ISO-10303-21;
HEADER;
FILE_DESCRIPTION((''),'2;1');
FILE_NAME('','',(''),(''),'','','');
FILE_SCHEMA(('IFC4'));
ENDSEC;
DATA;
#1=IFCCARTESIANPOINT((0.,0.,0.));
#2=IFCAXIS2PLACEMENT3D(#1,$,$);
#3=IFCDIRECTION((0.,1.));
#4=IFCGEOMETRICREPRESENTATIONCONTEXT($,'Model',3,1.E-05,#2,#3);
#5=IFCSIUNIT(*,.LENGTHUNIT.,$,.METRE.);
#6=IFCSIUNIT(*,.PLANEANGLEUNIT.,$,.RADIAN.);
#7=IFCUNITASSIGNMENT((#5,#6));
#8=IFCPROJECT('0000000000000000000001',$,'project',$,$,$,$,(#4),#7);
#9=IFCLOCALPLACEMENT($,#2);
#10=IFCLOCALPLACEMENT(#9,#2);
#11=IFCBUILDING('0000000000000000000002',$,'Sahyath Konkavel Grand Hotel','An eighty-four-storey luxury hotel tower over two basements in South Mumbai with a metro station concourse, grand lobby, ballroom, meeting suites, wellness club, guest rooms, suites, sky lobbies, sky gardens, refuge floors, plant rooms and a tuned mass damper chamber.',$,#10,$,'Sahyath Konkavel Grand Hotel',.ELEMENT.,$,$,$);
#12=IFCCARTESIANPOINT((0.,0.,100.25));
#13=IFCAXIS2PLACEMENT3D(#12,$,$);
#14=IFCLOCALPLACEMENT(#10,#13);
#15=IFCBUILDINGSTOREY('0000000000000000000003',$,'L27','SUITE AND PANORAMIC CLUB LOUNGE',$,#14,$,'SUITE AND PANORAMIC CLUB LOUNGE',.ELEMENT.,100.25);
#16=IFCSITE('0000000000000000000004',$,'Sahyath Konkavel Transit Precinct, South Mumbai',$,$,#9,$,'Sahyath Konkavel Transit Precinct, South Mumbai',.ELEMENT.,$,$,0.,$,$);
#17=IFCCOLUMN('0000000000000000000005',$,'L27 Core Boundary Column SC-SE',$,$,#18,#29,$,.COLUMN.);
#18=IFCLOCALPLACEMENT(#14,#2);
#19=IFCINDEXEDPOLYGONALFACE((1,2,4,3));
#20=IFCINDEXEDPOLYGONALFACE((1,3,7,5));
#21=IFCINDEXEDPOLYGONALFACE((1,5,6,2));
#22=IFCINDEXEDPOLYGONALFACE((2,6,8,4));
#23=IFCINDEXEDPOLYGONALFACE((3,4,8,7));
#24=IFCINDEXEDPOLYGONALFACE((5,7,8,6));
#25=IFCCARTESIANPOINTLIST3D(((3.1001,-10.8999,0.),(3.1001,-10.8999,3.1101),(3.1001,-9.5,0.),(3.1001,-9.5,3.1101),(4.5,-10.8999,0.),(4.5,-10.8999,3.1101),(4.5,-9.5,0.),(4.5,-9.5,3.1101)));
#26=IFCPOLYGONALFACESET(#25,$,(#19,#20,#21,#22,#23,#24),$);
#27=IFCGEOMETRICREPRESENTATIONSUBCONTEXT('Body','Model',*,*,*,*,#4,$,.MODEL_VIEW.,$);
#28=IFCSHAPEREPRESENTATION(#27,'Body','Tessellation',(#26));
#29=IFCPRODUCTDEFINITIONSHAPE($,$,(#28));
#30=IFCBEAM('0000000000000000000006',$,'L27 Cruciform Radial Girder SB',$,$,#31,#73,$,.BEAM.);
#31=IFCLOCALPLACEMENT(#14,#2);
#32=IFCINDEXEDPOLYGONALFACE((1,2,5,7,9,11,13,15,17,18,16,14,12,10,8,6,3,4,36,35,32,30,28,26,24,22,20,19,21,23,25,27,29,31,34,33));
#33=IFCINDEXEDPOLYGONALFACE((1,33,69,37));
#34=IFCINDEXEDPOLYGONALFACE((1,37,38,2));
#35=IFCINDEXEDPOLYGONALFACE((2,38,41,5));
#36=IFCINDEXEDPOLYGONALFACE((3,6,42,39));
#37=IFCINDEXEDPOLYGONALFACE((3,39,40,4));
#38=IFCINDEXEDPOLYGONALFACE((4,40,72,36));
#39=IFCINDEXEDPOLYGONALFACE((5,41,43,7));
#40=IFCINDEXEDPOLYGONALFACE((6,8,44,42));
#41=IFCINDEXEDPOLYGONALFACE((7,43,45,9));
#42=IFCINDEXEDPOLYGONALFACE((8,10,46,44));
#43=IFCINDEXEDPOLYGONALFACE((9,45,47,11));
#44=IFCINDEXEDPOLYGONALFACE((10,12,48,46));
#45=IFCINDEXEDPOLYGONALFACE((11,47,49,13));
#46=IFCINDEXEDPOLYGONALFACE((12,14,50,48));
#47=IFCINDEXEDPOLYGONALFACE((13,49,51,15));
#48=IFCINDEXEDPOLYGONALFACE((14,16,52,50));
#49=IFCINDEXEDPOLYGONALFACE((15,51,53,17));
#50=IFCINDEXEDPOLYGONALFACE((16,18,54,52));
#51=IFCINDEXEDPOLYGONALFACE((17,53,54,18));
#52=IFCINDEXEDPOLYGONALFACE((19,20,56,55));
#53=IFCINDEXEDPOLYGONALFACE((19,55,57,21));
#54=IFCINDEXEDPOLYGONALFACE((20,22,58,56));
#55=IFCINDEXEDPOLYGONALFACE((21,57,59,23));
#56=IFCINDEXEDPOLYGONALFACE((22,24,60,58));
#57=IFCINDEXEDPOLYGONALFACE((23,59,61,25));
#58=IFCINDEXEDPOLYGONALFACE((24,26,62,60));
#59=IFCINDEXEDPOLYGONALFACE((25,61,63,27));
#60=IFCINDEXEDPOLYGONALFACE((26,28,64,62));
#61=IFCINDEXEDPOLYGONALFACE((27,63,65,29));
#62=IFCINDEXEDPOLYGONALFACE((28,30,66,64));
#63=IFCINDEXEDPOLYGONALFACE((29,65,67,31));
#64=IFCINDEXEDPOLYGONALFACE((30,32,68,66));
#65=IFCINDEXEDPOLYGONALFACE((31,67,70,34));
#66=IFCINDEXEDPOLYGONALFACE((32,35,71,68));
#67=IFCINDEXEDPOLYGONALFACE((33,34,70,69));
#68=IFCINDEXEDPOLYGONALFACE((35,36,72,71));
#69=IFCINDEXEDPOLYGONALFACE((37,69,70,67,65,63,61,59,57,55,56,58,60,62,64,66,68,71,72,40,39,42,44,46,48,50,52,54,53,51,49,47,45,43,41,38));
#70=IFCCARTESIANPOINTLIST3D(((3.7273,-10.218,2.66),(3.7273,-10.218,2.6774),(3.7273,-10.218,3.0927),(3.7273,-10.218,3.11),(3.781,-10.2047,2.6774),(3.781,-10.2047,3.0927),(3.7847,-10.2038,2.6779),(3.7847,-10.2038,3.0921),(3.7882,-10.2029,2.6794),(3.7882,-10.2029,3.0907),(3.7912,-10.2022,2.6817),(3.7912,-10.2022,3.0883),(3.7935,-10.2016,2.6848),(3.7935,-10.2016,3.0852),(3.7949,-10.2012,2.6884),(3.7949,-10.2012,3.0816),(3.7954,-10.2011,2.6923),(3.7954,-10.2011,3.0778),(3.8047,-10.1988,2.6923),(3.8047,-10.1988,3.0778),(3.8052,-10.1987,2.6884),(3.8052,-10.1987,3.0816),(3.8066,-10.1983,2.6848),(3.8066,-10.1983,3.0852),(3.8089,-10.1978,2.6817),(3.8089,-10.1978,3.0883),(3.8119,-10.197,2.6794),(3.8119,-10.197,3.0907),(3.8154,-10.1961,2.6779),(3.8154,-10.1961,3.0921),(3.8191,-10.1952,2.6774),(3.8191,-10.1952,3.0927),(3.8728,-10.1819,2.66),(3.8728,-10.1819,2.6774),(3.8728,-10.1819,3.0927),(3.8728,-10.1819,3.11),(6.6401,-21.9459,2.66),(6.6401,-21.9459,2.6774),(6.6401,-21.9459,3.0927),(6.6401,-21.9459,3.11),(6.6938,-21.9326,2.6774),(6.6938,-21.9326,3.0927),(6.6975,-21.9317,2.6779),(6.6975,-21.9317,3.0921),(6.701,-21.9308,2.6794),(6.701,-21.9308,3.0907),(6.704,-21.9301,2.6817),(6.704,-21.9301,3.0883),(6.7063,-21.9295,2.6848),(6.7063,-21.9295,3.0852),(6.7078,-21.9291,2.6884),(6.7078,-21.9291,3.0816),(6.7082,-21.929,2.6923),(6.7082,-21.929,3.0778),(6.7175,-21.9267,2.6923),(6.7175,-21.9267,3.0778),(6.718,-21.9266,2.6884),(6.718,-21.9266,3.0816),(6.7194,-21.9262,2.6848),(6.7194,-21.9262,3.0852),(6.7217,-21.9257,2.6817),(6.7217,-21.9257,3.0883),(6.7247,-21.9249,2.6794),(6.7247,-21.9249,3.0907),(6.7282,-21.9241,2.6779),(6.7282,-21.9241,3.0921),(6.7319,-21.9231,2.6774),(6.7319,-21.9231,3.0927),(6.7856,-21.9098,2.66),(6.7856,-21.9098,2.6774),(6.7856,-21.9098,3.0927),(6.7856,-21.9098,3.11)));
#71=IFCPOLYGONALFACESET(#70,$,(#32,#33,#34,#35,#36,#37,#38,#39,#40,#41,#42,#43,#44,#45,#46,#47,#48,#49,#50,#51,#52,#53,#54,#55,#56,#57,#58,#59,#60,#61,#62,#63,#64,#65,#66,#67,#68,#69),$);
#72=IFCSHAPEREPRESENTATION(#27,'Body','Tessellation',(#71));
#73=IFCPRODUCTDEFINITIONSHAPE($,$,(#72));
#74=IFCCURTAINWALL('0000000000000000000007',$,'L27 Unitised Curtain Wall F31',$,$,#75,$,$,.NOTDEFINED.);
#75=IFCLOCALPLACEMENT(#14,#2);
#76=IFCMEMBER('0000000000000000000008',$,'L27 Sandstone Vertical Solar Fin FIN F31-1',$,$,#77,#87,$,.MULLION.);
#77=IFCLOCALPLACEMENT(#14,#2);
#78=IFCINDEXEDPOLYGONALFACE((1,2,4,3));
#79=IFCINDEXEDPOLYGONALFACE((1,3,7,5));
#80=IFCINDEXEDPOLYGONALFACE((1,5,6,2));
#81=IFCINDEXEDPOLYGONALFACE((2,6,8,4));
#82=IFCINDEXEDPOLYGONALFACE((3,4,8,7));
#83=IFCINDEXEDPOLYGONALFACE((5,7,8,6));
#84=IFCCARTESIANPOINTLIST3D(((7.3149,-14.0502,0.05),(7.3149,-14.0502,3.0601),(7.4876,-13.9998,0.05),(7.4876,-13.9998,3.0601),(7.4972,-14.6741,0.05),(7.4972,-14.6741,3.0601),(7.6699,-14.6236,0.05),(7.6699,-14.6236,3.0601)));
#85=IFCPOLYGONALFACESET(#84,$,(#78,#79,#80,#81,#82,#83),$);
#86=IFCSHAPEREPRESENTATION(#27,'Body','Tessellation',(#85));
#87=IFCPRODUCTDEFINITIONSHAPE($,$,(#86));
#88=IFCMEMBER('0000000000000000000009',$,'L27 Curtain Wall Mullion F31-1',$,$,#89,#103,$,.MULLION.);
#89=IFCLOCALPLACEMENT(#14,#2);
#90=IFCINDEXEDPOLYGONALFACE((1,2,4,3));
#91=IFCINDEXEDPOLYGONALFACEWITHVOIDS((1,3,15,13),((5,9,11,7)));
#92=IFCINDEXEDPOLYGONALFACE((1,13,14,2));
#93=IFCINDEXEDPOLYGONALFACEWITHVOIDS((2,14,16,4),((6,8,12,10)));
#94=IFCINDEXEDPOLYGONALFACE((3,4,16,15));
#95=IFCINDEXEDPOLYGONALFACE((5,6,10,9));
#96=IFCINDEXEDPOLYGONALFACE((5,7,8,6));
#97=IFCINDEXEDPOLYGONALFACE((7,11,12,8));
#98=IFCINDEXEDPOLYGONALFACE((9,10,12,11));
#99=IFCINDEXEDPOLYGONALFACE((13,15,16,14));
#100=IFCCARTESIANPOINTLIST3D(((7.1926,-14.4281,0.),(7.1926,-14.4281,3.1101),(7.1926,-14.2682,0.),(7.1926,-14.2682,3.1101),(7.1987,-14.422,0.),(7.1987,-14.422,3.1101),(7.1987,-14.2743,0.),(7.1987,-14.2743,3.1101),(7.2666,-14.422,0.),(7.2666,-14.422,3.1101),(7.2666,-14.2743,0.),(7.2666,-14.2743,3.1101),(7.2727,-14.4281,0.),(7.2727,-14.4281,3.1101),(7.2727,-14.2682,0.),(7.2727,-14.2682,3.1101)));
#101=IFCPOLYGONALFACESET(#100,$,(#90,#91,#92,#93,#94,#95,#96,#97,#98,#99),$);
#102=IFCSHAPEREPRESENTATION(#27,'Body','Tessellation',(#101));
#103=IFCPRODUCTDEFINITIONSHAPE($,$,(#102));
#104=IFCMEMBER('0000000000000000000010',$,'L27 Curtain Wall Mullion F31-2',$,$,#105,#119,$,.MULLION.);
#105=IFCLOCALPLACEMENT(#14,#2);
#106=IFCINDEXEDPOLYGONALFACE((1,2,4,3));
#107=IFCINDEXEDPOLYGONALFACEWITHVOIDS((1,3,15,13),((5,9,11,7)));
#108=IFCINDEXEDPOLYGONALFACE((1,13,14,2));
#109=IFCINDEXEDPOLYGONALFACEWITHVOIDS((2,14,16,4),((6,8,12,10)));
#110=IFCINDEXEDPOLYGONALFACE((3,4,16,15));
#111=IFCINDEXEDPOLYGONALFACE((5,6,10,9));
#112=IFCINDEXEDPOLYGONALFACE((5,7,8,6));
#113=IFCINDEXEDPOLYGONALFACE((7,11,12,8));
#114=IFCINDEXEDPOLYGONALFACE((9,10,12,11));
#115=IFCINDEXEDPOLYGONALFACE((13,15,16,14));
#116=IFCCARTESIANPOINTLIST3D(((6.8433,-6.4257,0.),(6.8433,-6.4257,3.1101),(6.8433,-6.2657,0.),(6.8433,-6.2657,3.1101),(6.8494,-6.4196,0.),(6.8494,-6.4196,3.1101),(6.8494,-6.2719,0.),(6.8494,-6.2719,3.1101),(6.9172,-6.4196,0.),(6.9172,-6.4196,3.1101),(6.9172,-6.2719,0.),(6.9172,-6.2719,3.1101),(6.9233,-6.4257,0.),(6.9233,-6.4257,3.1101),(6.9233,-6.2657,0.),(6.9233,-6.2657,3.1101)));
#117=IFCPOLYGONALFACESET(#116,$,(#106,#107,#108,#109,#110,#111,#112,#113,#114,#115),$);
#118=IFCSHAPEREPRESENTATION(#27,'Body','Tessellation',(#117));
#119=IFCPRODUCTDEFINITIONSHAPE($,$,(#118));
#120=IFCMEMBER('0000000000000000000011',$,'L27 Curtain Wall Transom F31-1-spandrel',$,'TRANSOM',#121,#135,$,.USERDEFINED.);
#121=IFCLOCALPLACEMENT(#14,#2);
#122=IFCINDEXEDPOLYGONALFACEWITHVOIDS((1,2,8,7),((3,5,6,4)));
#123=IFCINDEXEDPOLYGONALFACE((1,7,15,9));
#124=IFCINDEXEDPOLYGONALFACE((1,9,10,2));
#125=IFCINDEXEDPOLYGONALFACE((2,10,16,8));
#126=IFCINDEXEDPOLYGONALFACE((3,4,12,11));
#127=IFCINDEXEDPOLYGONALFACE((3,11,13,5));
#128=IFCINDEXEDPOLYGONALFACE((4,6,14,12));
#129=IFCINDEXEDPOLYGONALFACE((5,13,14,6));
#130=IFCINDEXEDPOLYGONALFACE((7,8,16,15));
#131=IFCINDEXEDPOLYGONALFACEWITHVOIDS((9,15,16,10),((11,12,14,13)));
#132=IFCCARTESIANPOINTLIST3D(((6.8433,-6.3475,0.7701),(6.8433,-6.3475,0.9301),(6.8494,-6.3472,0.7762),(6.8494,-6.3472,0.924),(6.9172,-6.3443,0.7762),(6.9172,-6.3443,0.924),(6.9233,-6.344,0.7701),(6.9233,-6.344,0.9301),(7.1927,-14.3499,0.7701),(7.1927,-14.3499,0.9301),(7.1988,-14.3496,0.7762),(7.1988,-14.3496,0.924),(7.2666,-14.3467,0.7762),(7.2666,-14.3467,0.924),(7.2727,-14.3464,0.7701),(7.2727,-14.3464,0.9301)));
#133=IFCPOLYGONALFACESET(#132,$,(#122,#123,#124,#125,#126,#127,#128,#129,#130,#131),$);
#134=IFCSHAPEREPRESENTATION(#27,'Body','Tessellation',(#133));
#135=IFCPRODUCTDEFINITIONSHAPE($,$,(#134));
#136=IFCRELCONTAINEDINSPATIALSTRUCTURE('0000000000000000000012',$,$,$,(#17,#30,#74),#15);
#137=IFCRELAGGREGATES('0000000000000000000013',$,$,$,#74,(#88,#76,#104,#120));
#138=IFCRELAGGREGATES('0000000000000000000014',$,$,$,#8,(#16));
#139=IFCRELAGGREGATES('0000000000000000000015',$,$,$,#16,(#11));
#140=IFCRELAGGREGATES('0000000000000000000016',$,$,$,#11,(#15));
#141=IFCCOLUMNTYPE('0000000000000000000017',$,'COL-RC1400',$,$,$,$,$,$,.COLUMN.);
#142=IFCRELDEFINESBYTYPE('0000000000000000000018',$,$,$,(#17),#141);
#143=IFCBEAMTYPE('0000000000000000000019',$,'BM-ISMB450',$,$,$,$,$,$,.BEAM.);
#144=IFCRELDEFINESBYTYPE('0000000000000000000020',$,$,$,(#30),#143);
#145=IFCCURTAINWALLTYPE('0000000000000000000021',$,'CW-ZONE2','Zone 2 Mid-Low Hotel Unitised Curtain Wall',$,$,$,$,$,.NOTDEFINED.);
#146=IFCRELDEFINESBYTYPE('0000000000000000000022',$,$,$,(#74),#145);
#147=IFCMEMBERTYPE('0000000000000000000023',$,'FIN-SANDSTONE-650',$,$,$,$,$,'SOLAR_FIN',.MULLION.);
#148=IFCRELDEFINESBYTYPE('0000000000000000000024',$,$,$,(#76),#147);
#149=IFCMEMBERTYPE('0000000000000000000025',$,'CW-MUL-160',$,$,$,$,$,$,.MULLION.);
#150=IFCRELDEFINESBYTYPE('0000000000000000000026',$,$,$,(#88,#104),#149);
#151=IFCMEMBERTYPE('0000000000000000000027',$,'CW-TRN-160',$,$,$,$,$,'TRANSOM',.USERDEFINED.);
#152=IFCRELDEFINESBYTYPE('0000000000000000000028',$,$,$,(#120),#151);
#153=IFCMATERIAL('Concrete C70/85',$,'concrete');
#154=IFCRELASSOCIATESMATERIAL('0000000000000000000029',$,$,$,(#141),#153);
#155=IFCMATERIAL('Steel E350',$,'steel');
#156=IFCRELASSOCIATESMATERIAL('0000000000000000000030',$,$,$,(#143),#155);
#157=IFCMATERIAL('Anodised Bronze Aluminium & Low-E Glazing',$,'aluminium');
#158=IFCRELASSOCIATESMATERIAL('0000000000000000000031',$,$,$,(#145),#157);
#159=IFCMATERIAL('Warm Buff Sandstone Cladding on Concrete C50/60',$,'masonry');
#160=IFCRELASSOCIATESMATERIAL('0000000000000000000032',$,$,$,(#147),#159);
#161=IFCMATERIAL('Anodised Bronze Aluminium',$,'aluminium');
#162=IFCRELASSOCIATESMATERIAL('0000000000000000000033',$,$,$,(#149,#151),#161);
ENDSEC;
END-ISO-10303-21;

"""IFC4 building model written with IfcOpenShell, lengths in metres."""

from ifc_helpers import new_model, si_unit, direction, frame, origin, origin_2d, place, context, subcontext, project, spatial, rectangle, hollow_rectangle, i_section, extrude, source, transform, mapped, material, material_profile, profile_set, type_object, element, aggregate, save


model = new_model("IFC4")

# Units and contexts
model_context = context("Model", 3, precision=1e-05, world=origin(), true_north=direction((0.0, 1.0)))
body_context = subcontext(model_context, "Body", "Model", "MODEL_VIEW")
ifc_project = project(units=[si_unit("LENGTHUNIT", "METRE"), si_unit("PLANEANGLEUNIT", "RADIAN")], contexts=[model_context])

# Site, building, storey
site_placement = place(None, origin())
site = spatial("IfcSite", under=ifc_project, at=site_placement, Name="Sahyath Konkavel Transit Precinct, South Mumbai", LongName="Sahyath Konkavel Transit Precinct, South Mumbai", CompositionType="ELEMENT", RefElevation=0.0)
building_placement = place(site_placement, origin())
building = spatial("IfcBuilding", under=site, at=building_placement, Name="Sahyath Konkavel Grand Hotel", Description="An eighty-four-storey luxury hotel tower over two basements in South Mumbai with a metro station concourse, grand lobby, ballroom, meeting suites, wellness club, guest rooms, suites, sky lobbies, sky gardens, refuge floors, plant rooms and a tuned mass damper chamber.", LongName="Sahyath Konkavel Grand Hotel", CompositionType="ELEMENT")
storey_placement = place(building_placement, frame((0.0, 0.0, 100.25)))
storey = spatial("IfcBuildingStorey", under=building, at=storey_placement, Name="L27", Description="SUITE AND PANORAMIC CLUB LOUNGE", LongName="SUITE AND PANORAMIC CLUB LOUNGE", CompositionType="ELEMENT", Elevation=100.25)

# Column
ifc_material_1 = material(Name="Concrete C70/85", Category="concrete")
ifc_material_profile_1 = material_profile(ifc_material_1, rectangle(XDim=1.3999, YDim=1.3999, at=origin_2d()), Name="RC 1400x1400")
ifc_profile_set_1 = profile_set([ifc_material_profile_1], Name="Concrete C70/85")
column_type = type_object("IfcColumnType", Name="COL-RC1400", PredefinedType="COLUMN", material=ifc_profile_set_1)
shared_shape_1 = source(origin(), body_context, "Body", "SweptSolid", [
    extrude(rectangle(XDim=1.3999, YDim=1.3999, at=origin_2d()), origin(), (0.0, 0.0, 1.0), 3.1101),
])
column_placement = place(storey_placement, frame((3.8, -10.2, 0.0), z_axis=(0.0, 0.0, 1.0), x_axis=(1.0, 0.0, 0.0)))
element("IfcColumn", 1, at=column_placement, inside=storey, type_object=column_type, Name="L27 Core Boundary Column SC-SE", PredefinedType="COLUMN", context=body_context, shape_type="MappedRepresentation", body=[
    mapped(shared_shape_1, transform((0.0, 0.0, 0.0), scale=1.0)),
])

# Beam
ifc_material_2 = material(Name="Steel E350", Category="steel")
ifc_material_profile_2 = material_profile(ifc_material_2, i_section(OverallWidth=0.1499, OverallDepth=0.45, WebThickness=0.0095, FlangeThickness=0.0173, FilletRadius=0.0149, at=origin_2d()), Name="ISMB 450")
ifc_profile_set_2 = profile_set([ifc_material_profile_2], Name="Steel E350")
beam_type_1 = type_object("IfcBeamType", Name="BM-ISMB450", PredefinedType="BEAM", material=ifc_profile_set_2)
shared_shape_2 = source(origin(), body_context, "Body", "SweptSolid", [
    extrude(i_section(OverallWidth=0.1499, OverallDepth=0.45, WebThickness=0.0095, FlangeThickness=0.0173, FilletRadius=0.0149, at=origin_2d()), origin(), (0.0, 0.0, 1.0), 12.0842),
])
beam_1_placement = place(storey_placement, frame((3.8, -10.2, 2.885), z_axis=(0.241043, -0.970515, 0.0), x_axis=(0.970515, 0.241043, 0.0)))
element("IfcBeam", 2, at=beam_1_placement, inside=storey, type_object=beam_type_1, Name="L27 Cruciform Radial Girder SB", PredefinedType="BEAM", context=body_context, shape_type="MappedRepresentation", body=[
    mapped(shared_shape_2, transform((0.0, 0.0, 0.0), scale=1.0)),
])

# Curtain wall, members
ifc_material_3 = material(Name="Anodised Bronze Aluminium & Low-E Glazing", Category="aluminium")
curtain_wall_type = type_object("IfcCurtainWallType", Name="CW-ZONE2", Description="Zone 2 Mid-Low Hotel Unitised Curtain Wall", PredefinedType="NOTDEFINED", material=ifc_material_3)
curtain_wall_placement = place(storey_placement, origin())
curtain_wall = element("IfcCurtainWall", 3, at=curtain_wall_placement, inside=storey, type_object=curtain_wall_type, Name="L27 Unitised Curtain Wall F31", PredefinedType="NOTDEFINED")
ifc_material_4 = material(Name="Warm Buff Sandstone Cladding on Concrete C50/60", Category="masonry")
ifc_material_profile_3 = material_profile(ifc_material_4, rectangle(XDim=0.1799, YDim=0.6499, at=origin_2d()), Name="FIN 180x650")
ifc_profile_set_3 = profile_set([ifc_material_profile_3], Name="Warm Buff Sandstone Cladding on Concrete C50/60")
member_type_1 = type_object("IfcMemberType", Name="FIN-SANDSTONE-650", ElementType="SOLAR_FIN", PredefinedType="MULLION", material=ifc_profile_set_3)
shared_shape_3 = source(origin(), body_context, "Body", "SweptSolid", [
    extrude(rectangle(XDim=0.1799, YDim=0.6499, at=origin_2d()), origin(), (0.0, 0.0, 1.0), 3.01),
])
member_1_placement = place(storey_placement, frame((7.4924, -14.3369, 0.05), z_axis=(0.0, 0.0, 1.0), x_axis=(0.959854, 0.280499, 0.0)))
member_1 = element("IfcMember", 4, at=member_1_placement, type_object=member_type_1, Name="L27 Sandstone Vertical Solar Fin FIN F31-1", PredefinedType="MULLION", context=body_context, shape_type="MappedRepresentation", body=[
    mapped(shared_shape_3, transform((0.0, 0.0, 0.0), scale=1.0)),
])
ifc_material_5 = material(Name="Anodised Bronze Aluminium", Category="aluminium")
ifc_material_profile_4 = material_profile(ifc_material_5, hollow_rectangle(XDim=0.0801, YDim=0.1599, WallThickness=0.0061, at=origin_2d()), Name="RHS 160x80x6")
ifc_profile_set_4 = profile_set([ifc_material_profile_4], Name="Anodised Bronze Aluminium")
member_type_2 = type_object("IfcMemberType", Name="CW-MUL-160", PredefinedType="MULLION", material=ifc_profile_set_4)
shared_shape_4 = source(origin(), body_context, "Body", "SweptSolid", [
    extrude(hollow_rectangle(XDim=0.0801, YDim=0.1599, WallThickness=0.0061, at=origin_2d()), origin(), (0.0, 0.0, 1.0), 3.1101),
])
member_2_placement = place(storey_placement, frame((7.2327, -14.3481, 0.0), z_axis=(0.0, 0.0, 1.0), x_axis=(1.0, 0.0, 0.0)))
member_2 = element("IfcMember", 5, at=member_2_placement, type_object=member_type_2, Name="L27 Curtain Wall Mullion F31-1", PredefinedType="MULLION", context=body_context, shape_type="MappedRepresentation", body=[
    mapped(shared_shape_4, transform((0.0, 0.0, 0.0), scale=1.0)),
])
member_3_placement = place(storey_placement, frame((6.8833, -6.3457, 0.0), z_axis=(0.0, 0.0, 1.0), x_axis=(1.0, 0.0, 0.0)))
member_3 = element("IfcMember", 6, at=member_3_placement, type_object=member_type_2, Name="L27 Curtain Wall Mullion F31-2", PredefinedType="MULLION", context=body_context, shape_type="MappedRepresentation", body=[
    mapped(shared_shape_4, transform((0.0, 0.0, 0.0), scale=1.0)),
])
ifc_material_profile_5 = material_profile(ifc_material_5, hollow_rectangle(XDim=0.0801, YDim=0.1599, WallThickness=0.0061, at=origin_2d()), Name="RHS 160x80x6")
ifc_profile_set_5 = profile_set([ifc_material_profile_5], Name="Anodised Bronze Aluminium")
member_type_3 = type_object("IfcMemberType", Name="CW-TRN-160", ElementType="TRANSOM", PredefinedType="USERDEFINED", material=ifc_profile_set_5)
shared_shape_5 = source(origin(), body_context, "Body", "SweptSolid", [
    extrude(hollow_rectangle(XDim=0.0801, YDim=0.1599, WallThickness=0.0061, at=origin_2d()), origin(), (0.0, 0.0, 1.0), 8.01),
])
member_4_placement = place(storey_placement, frame((7.2327, -14.3481, 0.8501), z_axis=(-0.043616, 0.999048, 0.0), x_axis=(-0.999048, -0.043616, 0.0)))
member_4 = element("IfcMember", 7, at=member_4_placement, type_object=member_type_3, Name="L27 Curtain Wall Transom F31-1-spandrel", ObjectType="TRANSOM", PredefinedType="USERDEFINED", context=body_context, shape_type="MappedRepresentation", body=[
    mapped(shared_shape_5, transform((0.0, 0.0, 0.0), scale=1.0)),
])

aggregate(curtain_wall, [member_2, member_1, member_3, member_4])

save(model, "model.ifc")
